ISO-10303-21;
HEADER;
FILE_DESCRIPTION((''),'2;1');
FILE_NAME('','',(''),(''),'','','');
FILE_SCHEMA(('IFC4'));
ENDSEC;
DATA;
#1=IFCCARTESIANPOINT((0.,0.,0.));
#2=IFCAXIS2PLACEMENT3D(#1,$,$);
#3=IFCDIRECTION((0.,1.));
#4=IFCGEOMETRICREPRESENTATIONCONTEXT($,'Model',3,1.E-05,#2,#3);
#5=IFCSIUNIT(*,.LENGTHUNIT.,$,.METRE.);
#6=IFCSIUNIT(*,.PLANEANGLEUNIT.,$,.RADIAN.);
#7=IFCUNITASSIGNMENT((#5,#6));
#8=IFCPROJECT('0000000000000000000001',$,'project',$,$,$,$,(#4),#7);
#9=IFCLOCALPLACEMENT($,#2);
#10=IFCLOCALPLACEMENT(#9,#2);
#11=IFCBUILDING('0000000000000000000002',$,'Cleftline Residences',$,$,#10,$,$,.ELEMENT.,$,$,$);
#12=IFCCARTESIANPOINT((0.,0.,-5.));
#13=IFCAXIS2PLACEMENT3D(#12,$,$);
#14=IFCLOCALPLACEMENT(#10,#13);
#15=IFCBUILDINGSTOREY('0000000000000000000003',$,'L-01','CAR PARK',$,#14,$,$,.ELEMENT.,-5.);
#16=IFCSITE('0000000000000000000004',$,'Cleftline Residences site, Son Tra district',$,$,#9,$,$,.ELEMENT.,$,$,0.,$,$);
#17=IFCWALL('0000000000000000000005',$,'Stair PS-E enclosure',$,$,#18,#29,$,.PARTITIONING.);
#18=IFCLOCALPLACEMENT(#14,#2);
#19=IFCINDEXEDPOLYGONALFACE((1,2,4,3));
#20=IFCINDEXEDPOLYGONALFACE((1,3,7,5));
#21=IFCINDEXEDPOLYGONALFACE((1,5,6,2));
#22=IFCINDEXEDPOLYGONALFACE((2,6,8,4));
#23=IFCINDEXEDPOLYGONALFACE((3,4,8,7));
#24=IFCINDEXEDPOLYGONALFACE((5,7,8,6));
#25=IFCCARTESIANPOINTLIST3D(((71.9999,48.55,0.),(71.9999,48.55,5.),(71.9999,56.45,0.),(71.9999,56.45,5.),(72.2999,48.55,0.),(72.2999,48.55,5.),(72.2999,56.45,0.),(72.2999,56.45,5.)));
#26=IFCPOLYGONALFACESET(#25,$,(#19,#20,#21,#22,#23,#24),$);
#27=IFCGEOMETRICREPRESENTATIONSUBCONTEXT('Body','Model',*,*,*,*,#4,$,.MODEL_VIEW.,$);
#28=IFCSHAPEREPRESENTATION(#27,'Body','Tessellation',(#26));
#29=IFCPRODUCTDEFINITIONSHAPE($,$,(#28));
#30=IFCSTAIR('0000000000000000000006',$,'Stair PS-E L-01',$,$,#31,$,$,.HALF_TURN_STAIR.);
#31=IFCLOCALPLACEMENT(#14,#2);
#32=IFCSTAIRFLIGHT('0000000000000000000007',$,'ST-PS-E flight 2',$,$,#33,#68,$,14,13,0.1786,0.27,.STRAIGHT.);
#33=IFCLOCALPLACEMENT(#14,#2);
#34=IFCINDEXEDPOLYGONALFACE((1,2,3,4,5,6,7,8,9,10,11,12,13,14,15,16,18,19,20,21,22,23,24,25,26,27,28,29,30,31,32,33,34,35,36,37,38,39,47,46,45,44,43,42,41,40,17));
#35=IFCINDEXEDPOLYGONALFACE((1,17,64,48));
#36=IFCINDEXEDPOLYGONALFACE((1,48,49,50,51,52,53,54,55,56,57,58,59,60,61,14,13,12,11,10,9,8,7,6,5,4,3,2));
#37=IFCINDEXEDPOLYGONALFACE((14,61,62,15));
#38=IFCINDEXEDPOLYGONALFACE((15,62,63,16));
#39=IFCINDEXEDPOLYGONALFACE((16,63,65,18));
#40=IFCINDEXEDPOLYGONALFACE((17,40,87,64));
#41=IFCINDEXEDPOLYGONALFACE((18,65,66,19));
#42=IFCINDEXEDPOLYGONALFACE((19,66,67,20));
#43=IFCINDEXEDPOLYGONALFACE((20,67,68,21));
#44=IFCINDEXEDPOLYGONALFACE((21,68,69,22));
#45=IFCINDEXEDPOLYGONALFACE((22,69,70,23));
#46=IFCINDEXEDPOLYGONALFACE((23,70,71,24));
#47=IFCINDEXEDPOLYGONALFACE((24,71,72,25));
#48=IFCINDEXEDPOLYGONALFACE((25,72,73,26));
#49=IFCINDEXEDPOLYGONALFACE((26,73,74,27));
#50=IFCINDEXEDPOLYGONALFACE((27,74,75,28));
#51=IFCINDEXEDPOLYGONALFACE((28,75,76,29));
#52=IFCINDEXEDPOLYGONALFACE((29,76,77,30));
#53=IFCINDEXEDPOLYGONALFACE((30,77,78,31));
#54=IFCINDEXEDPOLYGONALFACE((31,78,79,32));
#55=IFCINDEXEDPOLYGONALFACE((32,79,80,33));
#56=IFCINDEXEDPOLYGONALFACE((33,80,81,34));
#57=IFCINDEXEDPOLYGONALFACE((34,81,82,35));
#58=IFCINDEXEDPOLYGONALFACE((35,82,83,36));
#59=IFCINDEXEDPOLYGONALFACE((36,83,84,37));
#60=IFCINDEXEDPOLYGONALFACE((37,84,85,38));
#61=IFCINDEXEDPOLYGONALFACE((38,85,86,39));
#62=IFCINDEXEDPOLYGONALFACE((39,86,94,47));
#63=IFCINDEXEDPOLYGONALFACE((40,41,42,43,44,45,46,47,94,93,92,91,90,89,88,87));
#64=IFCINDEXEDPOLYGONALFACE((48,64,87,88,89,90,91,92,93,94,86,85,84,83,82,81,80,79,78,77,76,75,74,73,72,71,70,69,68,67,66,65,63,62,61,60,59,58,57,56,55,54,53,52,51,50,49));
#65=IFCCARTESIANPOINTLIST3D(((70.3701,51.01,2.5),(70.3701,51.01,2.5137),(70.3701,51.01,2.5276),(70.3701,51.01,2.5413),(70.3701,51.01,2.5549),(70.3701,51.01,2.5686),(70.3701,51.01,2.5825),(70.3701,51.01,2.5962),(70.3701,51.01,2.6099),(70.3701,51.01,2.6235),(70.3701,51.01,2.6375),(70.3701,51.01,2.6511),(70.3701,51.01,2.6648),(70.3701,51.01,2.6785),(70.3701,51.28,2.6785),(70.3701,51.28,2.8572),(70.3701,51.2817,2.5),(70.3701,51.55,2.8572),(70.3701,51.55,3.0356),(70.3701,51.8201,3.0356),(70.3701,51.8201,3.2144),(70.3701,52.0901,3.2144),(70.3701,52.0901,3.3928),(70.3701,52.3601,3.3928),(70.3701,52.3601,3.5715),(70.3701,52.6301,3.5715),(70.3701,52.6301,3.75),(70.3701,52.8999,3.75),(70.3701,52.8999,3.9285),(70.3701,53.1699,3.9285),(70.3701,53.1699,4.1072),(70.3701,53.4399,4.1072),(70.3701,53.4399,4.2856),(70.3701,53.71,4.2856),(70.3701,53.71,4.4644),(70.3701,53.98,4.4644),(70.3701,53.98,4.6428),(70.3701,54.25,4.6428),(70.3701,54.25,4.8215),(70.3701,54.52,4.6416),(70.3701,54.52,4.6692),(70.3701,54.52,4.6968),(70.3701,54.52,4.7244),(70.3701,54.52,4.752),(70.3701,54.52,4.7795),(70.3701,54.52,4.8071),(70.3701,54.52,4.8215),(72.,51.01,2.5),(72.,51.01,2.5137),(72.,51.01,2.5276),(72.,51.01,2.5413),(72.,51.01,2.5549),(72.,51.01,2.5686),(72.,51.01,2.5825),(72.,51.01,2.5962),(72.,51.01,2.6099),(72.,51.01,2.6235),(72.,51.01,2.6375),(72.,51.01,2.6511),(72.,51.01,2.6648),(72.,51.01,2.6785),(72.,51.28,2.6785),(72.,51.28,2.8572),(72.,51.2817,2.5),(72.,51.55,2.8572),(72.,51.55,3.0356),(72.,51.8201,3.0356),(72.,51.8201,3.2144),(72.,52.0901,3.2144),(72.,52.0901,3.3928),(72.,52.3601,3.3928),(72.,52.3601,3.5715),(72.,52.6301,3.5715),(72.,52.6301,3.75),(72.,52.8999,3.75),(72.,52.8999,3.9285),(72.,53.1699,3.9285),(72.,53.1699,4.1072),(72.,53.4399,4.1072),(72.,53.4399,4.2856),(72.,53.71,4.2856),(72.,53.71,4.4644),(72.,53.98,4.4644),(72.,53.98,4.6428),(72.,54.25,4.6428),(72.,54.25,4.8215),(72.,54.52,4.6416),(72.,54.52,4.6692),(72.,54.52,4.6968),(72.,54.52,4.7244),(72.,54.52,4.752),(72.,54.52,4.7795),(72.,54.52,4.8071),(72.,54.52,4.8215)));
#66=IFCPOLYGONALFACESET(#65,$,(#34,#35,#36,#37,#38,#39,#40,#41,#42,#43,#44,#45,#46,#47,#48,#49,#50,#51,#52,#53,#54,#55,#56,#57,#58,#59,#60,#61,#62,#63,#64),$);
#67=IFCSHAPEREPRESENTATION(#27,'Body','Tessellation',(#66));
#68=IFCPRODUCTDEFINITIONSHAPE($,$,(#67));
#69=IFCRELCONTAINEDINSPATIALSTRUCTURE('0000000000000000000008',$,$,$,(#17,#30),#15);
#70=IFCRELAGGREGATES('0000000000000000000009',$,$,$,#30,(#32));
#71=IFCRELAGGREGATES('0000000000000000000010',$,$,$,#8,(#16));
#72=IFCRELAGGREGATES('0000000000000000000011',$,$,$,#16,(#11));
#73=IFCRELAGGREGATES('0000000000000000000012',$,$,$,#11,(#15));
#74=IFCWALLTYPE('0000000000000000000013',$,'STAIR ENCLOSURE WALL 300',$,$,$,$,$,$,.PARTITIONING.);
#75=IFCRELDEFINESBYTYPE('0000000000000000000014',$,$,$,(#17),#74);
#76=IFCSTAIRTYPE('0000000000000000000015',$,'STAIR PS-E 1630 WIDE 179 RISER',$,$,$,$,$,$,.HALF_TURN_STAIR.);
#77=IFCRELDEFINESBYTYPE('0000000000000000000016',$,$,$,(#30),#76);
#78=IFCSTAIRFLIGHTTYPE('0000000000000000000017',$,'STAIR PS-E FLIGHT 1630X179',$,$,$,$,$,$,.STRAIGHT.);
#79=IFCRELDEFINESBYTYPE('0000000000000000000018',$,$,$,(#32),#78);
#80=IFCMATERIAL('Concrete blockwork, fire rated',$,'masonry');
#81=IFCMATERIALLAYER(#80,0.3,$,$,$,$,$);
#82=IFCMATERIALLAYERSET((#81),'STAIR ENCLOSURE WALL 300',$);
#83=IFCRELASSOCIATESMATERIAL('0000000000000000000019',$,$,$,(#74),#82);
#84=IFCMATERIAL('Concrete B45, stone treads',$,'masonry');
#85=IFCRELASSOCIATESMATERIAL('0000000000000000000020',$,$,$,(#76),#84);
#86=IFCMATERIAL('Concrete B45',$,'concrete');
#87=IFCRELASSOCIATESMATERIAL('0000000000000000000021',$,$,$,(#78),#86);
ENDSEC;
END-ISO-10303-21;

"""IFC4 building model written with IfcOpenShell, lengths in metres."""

from ifc_helpers import new_model, si_unit, direction, frame, frame_2d, origin, place, context, subcontext, project, spatial, polyline, rectangle, outline, extrude, material, layer, layer_set, type_object, element, aggregate, save


model = new_model("IFC4")

# Units and contexts
model_context = context("Model", 3, precision=1e-05, world=origin(), true_north=direction((0.0, 1.0)))
body_context = subcontext(model_context, "Body", "Model", "MODEL_VIEW")
ifc_project = project(units=[si_unit("LENGTHUNIT", "METRE"), si_unit("PLANEANGLEUNIT", "RADIAN")], contexts=[model_context])

# Site, building, storey
site_placement = place(None, origin())
site = spatial("IfcSite", under=ifc_project, at=site_placement, Name="Cleftline Residences site, Son Tra district", CompositionType="ELEMENT", RefElevation=0.0)
building_placement = place(site_placement, origin())
building = spatial("IfcBuilding", under=site, at=building_placement, Name="Cleftline Residences", CompositionType="ELEMENT")
storey_placement = place(building_placement, frame((0.0, 0.0, -5.0)))
storey = spatial("IfcBuildingStorey", under=building, at=storey_placement, Name="L-01", Description="CAR PARK", CompositionType="ELEMENT", Elevation=-5.0)

# Wall
ifc_material_1 = material(Name="Concrete blockwork, fire rated", Category="masonry")
ifc_layer_1 = layer(ifc_material_1, 0.3)
ifc_layer_set_1 = layer_set([ifc_layer_1], Name="STAIR ENCLOSURE WALL 300")
wall_type_1 = type_object("IfcWallType", Name="STAIR ENCLOSURE WALL 300", PredefinedType="PARTITIONING", material=ifc_layer_set_1)
wall_1_placement = place(storey_placement, frame((72.1499, 48.55, 0.0), z_axis=(0.0, 0.0, 1.0), x_axis=(0.0, 1.0, 0.0)))
element("IfcWall", 1, at=wall_1_placement, inside=storey, type_object=wall_type_1, Name="Stair PS-E enclosure", PredefinedType="PARTITIONING", context=body_context, shape_type="SweptSolid", body=[
    extrude(rectangle(XDim=7.8999, YDim=0.3, at=frame_2d((3.95, 0.0))), origin(), (0.0, 0.0, 1.0), 5.0),
])

# Stair, stair flight
ifc_material_2 = material(Name="Concrete B45, stone treads", Category="masonry")
stair_type = type_object("IfcStairType", Name="STAIR PS-E 1630 WIDE 179 RISER", PredefinedType="HALF_TURN_STAIR", material=ifc_material_2)
stair_placement = place(storey_placement, origin())
stair = element("IfcStair", 2, at=stair_placement, inside=storey, type_object=stair_type, Name="Stair PS-E L-01", PredefinedType="HALF_TURN_STAIR")
ifc_material_3 = material(Name="Concrete B45", Category="concrete")
stair_flight_type = type_object("IfcStairFlightType", Name="STAIR PS-E FLIGHT 1630X179", PredefinedType="STRAIGHT", material=ifc_material_3)
stair_flight_placement = place(storey_placement, frame((71.1851, 51.01, 2.5), z_axis=(0.0, 0.0, 1.0), x_axis=(0.0, 1.0, 0.0)))
stair_flight = element("IfcStairFlight", 3, at=stair_flight_placement, type_object=stair_flight_type, Name="ST-PS-E flight 2", NumberOfRisers=14, NumberOfTreads=13, PredefinedType="STRAIGHT", RiserHeight=0.1786, TreadLength=0.27, context=body_context, shape_type="SweptSolid", body=[
    extrude(outline(polyline([(0.0, 0.0), (0.0, 0.0137), (0.0, 0.0276), (0.0, 0.0413), (0.0, 0.0549), (0.0, 0.0686), (0.0, 0.0825), (0.0, 0.0962), (0.0, 0.1099), (0.0, 0.1235), (0.0, 0.1375), (0.0, 0.1511), (0.0, 0.1648), (0.0, 0.1785), (0.27, 0.1785), (0.27, 0.3572), (0.54, 0.3572), (0.54, 0.5356), (0.8101, 0.5356), (0.8101, 0.7144), (1.0801, 0.7144), (1.0801, 0.8928), (1.3501, 0.8928), (1.3501, 1.0715), (1.6201, 1.0715), (1.6201, 1.25), (1.8899, 1.25), (1.8899, 1.4285), (2.1599, 1.4285), (2.1599, 1.6072), (2.4299, 1.6072), (2.4299, 1.7856), (2.7, 1.7856), (2.7, 1.9644), (2.97, 1.9644), (2.97, 2.1428), (3.24, 2.1428), (3.24, 2.3215), (3.51, 2.3215), (3.51, 2.5), (3.51, 2.4724), (3.51, 2.4448), (3.51, 2.4172), (3.51, 2.3896), (3.51, 2.3623), (3.51, 2.3347), (3.51, 2.3071), (3.51, 2.2795), (3.51, 2.252), (3.51, 2.2244), (3.51, 2.1968), (3.51, 2.1692), (3.51, 2.1416), (0.2717, 0.0), (0.0, 0.0)])), frame((0.0, 0.8149, 0.0), z_axis=(0.0, -1.0, 0.0), x_axis=(1.0, 0.0, 0.0)), (0.0, 0.0, 1.0), 1.6299),
])
aggregate(stair, [stair_flight])

save(model, "model.ifc")
